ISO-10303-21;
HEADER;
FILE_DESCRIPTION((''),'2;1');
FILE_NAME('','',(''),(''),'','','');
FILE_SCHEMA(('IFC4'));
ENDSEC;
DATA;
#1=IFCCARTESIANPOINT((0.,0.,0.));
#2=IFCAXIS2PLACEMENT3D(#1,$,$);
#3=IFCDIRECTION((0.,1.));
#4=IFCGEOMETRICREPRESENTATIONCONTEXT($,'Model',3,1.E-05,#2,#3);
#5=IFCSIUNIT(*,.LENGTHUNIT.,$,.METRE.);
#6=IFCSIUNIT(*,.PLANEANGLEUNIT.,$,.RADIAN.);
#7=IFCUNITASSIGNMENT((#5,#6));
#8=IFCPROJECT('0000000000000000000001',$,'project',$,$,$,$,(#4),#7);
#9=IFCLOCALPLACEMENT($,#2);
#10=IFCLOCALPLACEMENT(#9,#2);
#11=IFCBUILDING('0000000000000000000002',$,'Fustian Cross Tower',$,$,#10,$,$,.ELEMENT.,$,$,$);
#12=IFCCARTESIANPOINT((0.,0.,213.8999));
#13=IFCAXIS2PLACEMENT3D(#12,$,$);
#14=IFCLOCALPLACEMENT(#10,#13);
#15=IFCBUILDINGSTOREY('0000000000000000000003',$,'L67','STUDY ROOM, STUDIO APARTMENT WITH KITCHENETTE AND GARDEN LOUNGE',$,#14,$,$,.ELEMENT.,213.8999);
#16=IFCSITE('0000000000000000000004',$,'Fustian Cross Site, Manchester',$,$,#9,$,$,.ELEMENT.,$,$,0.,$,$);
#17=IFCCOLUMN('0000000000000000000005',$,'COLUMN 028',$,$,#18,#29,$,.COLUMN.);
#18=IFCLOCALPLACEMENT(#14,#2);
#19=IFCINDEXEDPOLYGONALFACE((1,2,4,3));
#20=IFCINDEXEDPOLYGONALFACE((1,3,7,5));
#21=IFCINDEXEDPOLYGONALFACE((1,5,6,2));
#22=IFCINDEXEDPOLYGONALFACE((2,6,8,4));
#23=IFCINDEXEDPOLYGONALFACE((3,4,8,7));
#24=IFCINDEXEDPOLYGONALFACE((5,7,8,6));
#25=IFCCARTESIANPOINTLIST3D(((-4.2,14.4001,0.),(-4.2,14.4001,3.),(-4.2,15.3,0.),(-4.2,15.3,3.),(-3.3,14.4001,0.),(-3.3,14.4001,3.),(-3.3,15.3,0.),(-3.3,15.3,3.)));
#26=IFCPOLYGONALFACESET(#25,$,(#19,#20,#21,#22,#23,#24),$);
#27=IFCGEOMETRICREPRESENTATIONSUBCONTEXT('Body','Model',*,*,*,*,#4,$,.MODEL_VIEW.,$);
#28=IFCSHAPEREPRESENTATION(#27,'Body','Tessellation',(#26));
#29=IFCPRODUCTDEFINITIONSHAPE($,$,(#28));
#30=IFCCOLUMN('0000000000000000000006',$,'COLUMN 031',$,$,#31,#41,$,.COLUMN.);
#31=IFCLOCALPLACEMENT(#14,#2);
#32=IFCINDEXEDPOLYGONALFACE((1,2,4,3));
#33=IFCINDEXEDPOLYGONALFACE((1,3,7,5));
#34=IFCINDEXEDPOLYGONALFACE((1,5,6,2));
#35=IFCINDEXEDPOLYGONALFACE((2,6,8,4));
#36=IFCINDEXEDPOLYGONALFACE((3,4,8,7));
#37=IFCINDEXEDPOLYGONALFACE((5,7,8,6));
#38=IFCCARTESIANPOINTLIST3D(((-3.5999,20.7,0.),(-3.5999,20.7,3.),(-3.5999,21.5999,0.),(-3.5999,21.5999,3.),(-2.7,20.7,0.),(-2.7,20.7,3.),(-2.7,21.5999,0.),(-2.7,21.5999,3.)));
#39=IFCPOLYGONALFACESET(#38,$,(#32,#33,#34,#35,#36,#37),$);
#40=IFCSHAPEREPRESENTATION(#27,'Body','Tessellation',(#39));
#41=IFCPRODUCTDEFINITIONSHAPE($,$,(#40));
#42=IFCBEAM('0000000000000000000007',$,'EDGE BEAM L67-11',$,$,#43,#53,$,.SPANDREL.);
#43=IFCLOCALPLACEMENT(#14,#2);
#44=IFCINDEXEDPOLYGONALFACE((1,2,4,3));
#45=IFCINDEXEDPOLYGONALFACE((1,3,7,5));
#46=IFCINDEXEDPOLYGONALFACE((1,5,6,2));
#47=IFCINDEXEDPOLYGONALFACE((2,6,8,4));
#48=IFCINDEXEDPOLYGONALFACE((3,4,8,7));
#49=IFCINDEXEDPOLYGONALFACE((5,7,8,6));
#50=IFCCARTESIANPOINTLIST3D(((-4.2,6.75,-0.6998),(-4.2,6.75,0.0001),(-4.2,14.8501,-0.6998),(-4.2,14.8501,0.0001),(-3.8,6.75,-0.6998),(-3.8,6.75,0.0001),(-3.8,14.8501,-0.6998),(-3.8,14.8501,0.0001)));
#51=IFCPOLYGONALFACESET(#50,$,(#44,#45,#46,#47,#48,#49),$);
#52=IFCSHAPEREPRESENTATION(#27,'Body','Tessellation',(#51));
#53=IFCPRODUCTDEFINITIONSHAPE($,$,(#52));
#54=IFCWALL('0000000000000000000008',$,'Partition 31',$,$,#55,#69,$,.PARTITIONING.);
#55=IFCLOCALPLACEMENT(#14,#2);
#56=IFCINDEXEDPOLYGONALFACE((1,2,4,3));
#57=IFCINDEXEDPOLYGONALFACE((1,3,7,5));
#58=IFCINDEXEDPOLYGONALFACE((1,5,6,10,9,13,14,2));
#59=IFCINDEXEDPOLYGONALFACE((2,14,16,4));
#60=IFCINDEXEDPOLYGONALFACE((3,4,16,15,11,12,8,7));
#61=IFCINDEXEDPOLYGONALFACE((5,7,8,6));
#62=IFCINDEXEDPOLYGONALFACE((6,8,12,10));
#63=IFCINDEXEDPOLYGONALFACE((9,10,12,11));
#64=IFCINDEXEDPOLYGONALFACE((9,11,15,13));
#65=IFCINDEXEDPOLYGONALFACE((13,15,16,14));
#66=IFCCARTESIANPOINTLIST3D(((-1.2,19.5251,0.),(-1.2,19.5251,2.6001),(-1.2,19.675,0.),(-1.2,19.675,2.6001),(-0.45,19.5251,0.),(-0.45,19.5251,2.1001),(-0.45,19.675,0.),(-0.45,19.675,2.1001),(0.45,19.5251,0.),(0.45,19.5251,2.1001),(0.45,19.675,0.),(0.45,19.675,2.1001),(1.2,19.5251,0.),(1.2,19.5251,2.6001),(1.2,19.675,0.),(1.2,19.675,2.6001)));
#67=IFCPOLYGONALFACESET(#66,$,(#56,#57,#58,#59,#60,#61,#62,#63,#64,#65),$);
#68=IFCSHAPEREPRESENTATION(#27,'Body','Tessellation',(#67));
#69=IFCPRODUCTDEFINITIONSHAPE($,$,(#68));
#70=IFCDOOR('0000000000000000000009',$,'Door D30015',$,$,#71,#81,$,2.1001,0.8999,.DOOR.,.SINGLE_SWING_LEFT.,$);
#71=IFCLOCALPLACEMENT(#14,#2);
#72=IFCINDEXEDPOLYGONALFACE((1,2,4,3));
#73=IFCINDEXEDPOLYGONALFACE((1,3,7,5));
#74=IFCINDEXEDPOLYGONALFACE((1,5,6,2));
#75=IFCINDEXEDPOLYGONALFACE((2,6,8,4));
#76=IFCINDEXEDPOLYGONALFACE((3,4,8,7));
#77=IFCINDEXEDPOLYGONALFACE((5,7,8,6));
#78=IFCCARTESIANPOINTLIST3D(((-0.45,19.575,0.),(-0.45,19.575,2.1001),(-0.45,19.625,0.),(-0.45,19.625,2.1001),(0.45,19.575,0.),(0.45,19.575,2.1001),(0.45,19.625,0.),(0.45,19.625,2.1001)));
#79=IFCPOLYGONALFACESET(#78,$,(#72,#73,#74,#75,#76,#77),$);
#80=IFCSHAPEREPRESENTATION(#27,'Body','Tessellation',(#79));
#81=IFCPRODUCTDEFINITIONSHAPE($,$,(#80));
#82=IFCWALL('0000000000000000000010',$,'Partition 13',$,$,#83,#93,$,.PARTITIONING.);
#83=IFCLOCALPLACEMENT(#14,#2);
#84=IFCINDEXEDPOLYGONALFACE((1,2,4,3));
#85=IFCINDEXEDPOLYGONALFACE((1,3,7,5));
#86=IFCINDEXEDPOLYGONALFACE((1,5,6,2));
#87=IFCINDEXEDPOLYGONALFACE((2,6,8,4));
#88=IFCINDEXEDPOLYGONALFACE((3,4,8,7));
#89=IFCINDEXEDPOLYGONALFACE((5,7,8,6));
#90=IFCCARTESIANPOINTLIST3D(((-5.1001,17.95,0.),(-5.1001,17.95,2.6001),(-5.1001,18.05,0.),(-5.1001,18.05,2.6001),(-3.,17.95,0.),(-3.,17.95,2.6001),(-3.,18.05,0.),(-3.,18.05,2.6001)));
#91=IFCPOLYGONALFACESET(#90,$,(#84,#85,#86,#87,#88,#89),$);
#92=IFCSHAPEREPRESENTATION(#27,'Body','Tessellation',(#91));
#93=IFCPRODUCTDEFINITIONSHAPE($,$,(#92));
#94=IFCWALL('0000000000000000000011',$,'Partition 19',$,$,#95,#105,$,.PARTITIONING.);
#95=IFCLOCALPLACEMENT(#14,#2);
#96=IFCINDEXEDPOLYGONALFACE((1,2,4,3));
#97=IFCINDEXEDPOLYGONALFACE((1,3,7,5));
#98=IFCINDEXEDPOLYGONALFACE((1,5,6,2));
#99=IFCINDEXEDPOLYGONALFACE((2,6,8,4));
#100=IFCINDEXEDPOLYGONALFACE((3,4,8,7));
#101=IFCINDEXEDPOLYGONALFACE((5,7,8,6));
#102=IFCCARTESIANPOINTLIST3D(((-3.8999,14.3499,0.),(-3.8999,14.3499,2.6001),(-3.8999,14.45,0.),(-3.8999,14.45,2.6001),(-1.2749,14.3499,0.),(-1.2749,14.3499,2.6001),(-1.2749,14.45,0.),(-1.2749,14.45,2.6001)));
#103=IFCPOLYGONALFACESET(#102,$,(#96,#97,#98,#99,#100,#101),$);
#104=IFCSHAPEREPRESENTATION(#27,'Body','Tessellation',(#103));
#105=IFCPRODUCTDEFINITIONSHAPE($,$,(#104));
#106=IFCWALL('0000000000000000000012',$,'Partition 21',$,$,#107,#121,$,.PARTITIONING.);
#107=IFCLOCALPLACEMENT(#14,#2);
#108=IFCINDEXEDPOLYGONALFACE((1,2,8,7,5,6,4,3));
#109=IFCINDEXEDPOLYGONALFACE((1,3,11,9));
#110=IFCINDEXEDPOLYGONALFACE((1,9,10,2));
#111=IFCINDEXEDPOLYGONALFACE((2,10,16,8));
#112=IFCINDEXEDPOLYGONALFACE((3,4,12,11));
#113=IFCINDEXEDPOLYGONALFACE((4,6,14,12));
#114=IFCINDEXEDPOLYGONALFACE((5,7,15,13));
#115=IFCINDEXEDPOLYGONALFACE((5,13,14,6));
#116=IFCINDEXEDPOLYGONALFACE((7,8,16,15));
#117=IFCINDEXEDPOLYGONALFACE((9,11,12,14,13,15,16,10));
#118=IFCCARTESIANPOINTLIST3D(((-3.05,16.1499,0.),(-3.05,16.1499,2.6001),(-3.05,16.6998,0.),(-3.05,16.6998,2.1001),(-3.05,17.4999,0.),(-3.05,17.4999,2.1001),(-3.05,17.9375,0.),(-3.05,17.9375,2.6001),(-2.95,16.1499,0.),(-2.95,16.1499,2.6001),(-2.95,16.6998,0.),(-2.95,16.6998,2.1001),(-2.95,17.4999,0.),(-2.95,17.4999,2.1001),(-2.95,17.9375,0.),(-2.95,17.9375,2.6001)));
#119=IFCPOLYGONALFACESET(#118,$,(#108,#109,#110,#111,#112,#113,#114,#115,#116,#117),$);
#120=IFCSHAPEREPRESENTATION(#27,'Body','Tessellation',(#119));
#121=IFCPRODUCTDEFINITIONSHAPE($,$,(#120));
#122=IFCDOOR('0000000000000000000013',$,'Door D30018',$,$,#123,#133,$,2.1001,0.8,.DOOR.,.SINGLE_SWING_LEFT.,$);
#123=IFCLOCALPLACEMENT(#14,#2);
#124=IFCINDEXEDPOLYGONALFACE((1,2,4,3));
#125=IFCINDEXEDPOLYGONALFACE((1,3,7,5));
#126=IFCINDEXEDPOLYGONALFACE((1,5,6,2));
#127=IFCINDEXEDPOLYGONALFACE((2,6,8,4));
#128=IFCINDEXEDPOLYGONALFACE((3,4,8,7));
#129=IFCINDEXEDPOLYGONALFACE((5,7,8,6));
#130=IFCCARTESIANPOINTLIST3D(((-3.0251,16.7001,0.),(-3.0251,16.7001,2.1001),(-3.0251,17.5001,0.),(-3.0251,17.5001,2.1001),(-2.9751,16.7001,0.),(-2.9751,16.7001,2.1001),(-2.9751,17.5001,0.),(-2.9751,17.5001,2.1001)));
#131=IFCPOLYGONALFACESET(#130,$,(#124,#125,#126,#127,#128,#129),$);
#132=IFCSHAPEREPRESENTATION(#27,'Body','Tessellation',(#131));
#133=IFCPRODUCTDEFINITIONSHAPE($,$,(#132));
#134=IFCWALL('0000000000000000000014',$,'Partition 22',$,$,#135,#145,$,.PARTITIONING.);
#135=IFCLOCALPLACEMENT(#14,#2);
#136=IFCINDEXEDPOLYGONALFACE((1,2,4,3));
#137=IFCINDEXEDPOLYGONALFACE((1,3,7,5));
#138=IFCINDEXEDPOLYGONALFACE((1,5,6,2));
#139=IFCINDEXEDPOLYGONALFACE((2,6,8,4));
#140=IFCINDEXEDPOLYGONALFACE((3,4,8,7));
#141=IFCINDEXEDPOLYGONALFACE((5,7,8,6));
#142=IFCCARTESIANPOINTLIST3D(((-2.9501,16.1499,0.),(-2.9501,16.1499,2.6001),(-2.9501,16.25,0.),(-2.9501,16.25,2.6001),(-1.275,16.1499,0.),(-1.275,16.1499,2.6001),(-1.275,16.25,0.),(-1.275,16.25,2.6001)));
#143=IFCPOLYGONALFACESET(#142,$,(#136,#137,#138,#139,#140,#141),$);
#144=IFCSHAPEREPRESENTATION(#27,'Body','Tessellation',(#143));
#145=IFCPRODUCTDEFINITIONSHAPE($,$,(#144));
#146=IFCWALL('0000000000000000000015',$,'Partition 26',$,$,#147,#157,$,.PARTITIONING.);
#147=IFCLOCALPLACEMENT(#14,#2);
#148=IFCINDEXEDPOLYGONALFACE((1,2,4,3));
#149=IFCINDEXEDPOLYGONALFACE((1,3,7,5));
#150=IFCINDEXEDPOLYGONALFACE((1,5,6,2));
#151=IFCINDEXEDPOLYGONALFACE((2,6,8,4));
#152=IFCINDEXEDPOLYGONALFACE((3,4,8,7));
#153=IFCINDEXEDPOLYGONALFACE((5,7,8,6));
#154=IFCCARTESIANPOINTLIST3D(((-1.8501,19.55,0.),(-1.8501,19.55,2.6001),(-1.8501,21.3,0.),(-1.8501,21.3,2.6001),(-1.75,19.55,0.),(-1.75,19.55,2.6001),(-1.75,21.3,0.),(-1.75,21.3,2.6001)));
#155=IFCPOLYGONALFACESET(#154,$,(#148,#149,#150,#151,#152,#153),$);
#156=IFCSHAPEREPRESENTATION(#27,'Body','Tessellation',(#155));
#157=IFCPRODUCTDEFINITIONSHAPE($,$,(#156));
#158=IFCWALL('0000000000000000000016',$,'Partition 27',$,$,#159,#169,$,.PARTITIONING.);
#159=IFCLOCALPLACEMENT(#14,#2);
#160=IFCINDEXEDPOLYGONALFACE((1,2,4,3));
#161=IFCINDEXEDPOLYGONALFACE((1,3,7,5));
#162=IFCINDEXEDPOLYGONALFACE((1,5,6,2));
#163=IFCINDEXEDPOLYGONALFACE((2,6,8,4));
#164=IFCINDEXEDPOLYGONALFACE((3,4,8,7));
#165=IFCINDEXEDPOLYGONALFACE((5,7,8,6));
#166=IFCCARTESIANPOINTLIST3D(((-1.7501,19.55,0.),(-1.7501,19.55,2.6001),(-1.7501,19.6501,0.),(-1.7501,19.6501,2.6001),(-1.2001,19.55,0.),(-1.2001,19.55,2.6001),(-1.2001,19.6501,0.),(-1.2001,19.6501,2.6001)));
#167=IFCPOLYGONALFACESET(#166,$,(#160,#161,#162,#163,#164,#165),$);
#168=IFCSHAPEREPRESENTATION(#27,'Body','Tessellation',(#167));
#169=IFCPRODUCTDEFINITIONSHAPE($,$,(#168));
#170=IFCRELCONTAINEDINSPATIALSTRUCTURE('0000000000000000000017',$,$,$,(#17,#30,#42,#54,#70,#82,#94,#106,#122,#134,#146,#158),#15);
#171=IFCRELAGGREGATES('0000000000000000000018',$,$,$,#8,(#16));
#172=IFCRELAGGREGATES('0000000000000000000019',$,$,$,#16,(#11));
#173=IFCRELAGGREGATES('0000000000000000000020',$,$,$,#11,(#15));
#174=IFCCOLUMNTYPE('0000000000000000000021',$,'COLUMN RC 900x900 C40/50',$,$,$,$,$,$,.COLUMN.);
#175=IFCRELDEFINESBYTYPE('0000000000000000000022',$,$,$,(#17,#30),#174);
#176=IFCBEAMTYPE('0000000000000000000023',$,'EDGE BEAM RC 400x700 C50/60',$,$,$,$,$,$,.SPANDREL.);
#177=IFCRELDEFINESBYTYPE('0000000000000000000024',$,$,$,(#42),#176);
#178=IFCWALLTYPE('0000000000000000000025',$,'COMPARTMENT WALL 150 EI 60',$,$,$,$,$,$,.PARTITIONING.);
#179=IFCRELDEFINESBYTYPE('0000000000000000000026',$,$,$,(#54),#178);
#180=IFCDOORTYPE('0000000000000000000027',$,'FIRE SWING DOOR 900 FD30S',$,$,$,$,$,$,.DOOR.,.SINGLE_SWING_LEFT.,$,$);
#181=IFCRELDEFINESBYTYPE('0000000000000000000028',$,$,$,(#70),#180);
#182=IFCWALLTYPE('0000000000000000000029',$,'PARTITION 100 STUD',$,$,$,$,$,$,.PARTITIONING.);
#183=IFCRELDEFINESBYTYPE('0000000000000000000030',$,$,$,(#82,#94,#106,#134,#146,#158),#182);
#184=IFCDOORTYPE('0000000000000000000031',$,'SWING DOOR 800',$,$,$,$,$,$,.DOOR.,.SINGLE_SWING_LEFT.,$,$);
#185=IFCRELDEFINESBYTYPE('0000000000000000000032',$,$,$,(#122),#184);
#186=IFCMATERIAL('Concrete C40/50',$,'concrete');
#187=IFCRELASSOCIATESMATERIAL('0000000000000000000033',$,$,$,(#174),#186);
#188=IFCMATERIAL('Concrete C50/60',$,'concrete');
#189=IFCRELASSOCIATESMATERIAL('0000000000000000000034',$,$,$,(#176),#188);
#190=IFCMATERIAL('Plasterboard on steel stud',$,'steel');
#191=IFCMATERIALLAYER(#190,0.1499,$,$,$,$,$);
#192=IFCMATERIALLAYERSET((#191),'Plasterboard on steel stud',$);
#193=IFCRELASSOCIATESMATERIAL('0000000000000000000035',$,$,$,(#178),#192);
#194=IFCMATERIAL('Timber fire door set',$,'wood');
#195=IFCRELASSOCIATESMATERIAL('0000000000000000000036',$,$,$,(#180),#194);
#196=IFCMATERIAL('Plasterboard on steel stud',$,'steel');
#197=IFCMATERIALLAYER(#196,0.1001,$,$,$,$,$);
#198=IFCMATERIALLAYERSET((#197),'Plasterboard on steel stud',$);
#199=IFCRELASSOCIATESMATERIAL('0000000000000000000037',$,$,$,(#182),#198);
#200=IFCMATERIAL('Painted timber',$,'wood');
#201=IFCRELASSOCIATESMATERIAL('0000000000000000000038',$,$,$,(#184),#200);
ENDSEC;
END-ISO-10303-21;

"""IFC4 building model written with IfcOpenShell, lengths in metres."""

from ifc_helpers import new_model, si_unit, direction, frame, frame_2d, origin, origin_2d, place, context, subcontext, project, spatial, rectangle, extrude, material, layer, layer_set, material_profile, profile_set, type_object, element, fill, save


model = new_model("IFC4")

# Units and contexts
model_context = context("Model", 3, precision=1e-05, world=origin(), true_north=direction((0.0, 1.0)))
body_context = subcontext(model_context, "Body", "Model", "MODEL_VIEW")
ifc_project = project(units=[si_unit("LENGTHUNIT", "METRE"), si_unit("PLANEANGLEUNIT", "RADIAN")], contexts=[model_context])

# Site, building, storey
site_placement = place(None, origin())
site = spatial("IfcSite", under=ifc_project, at=site_placement, Name="Fustian Cross Site, Manchester", CompositionType="ELEMENT", RefElevation=0.0)
building_placement = place(site_placement, origin())
building = spatial("IfcBuilding", under=site, at=building_placement, Name="Fustian Cross Tower", CompositionType="ELEMENT")
storey_placement = place(building_placement, frame((0.0, 0.0, 213.8999)))
storey = spatial("IfcBuildingStorey", under=building, at=storey_placement, Name="L67", Description="STUDY ROOM, STUDIO APARTMENT WITH KITCHENETTE AND GARDEN LOUNGE", CompositionType="ELEMENT", Elevation=213.8999)

# Columns
ifc_material_1 = material(Name="Concrete C40/50", Category="concrete")
ifc_material_profile_1 = material_profile(ifc_material_1, rectangle(XDim=0.8999, YDim=0.8999, at=origin_2d()), Name="RC 900x900")
ifc_profile_set_1 = profile_set([ifc_material_profile_1], Name="Concrete C40/50")
column_type = type_object("IfcColumnType", Name="COLUMN RC 900x900 C40/50", PredefinedType="COLUMN", material=ifc_profile_set_1)
for number, where, z_axis, x_axis, name in (
    (1, (-3.75, 14.8501, 0.0), (0.0, 0.0, 1.0), (1.0, 0.0, 0.0), "COLUMN 028"),
    (2, (-3.1499, 21.1499, 0.0), (0.0, 0.0, 1.0), (1.0, 0.0, 0.0), "COLUMN 031"),
):
    element("IfcColumn", number, at=place(storey_placement, frame(where, z_axis=z_axis, x_axis=x_axis)), inside=storey, type_object=column_type, Name=name, PredefinedType="COLUMN", context=body_context, shape_type="SweptSolid", body=[
        extrude(rectangle(XDim=0.8999, YDim=0.8999, at=origin_2d()), origin(), (0.0, 0.0, 1.0), 3.0),
    ])

# Beam
ifc_material_2 = material(Name="Concrete C50/60", Category="concrete")
ifc_material_profile_2 = material_profile(ifc_material_2, rectangle(XDim=0.3999, YDim=0.7, at=origin_2d()), Name="RC 400x700")
ifc_profile_set_2 = profile_set([ifc_material_profile_2], Name="Concrete C50/60")
beam_type = type_object("IfcBeamType", Name="EDGE BEAM RC 400x700 C50/60", PredefinedType="SPANDREL", material=ifc_profile_set_2)
beam_placement = place(storey_placement, frame((-4.0, 14.8501, -0.3499), z_axis=(0.0, -1.0, 0.0), x_axis=(1.0, 0.0, 0.0)))
element("IfcBeam", 3, at=beam_placement, inside=storey, type_object=beam_type, Name="EDGE BEAM L67-11", PredefinedType="SPANDREL", context=body_context, shape_type="SweptSolid", body=[
    extrude(rectangle(XDim=0.3999, YDim=0.7, at=origin_2d()), origin(), (0.0, 0.0, 1.0), 8.1001),
])

# Wall, opening, door
ifc_material_3 = material(Name="Plasterboard on steel stud", Category="steel")
ifc_layer_1 = layer(ifc_material_3, 0.1499)
ifc_layer_set_1 = layer_set([ifc_layer_1], Name="Plasterboard on steel stud")
wall_type_1 = type_object("IfcWallType", Name="COMPARTMENT WALL 150 EI 60", PredefinedType="PARTITIONING", material=ifc_layer_set_1)
wall_1_placement = place(storey_placement, frame((-1.2, 19.6001, 0.0), z_axis=(0.0, 0.0, 1.0), x_axis=(1.0, 0.0, 0.0)))
wall_1 = element("IfcWall", 4, at=wall_1_placement, inside=storey, type_object=wall_type_1, Name="Partition 31", PredefinedType="PARTITIONING", context=body_context, shape_type="SweptSolid", body=[
    extrude(rectangle(XDim=2.3999, YDim=0.1499, at=frame_2d((1.2, 0.0))), origin(), (0.0, 0.0, 1.0), 2.6001),
])
opening_1_placement = place(wall_1_placement, frame((0.75, 0.0, 0.0)))
opening_1 = element("IfcOpeningElement", 5, at=opening_1_placement, cuts=wall_1, PredefinedType="OPENING", context=body_context, shape_type="SweptSolid", body=[
    extrude(rectangle(XDim=0.8999, YDim=2.1001, at=frame_2d((0.45, 1.05))), frame((0.0, 0.085, 0.0), z_axis=(0.0, -1.0, 0.0), x_axis=(1.0, 0.0, 0.0)), (0.0, 0.0, 1.0), 0.1699),
])
ifc_material_4 = material(Name="Timber fire door set", Category="wood")
door_type_1 = type_object("IfcDoorType", Name="FIRE SWING DOOR 900 FD30S", OperationType="SINGLE_SWING_LEFT", PredefinedType="DOOR", material=ifc_material_4)
door_1_placement = place(opening_1_placement, origin())
door_1 = element("IfcDoor", 6, at=door_1_placement, inside=storey, type_object=door_type_1, Name="Door D30015", OperationType="SINGLE_SWING_LEFT", OverallHeight=2.1001, OverallWidth=0.8999, PredefinedType="DOOR", context=body_context, shape_type="SweptSolid", body=[
    extrude(rectangle(XDim=0.8999, YDim=2.1001, at=frame_2d((0.45, 1.05))), frame((0.0, 0.0249, 0.0), z_axis=(0.0, -1.0, 0.0), x_axis=(1.0, 0.0, 0.0)), (0.0, 0.0, 1.0), 0.05),
])
fill(opening_1, door_1)

# Walls
ifc_material_5 = material(Name="Plasterboard on steel stud", Category="steel")
ifc_layer_2 = layer(ifc_material_5, 0.1001)
ifc_layer_set_2 = layer_set([ifc_layer_2], Name="Plasterboard on steel stud")
wall_type_2 = type_object("IfcWallType", Name="PARTITION 100 STUD", PredefinedType="PARTITIONING", material=ifc_layer_set_2)
wall_2_placement = place(storey_placement, frame((-5.1001, 18.0, 0.0), z_axis=(0.0, 0.0, 1.0), x_axis=(1.0, 0.0, 0.0)))
element("IfcWall", 7, at=wall_2_placement, inside=storey, type_object=wall_type_2, Name="Partition 13", PredefinedType="PARTITIONING", context=body_context, shape_type="SweptSolid", body=[
    extrude(rectangle(XDim=2.1001, YDim=0.1001, at=frame_2d((1.05, 0.0))), origin(), (0.0, 0.0, 1.0), 2.6001),
])
wall_3_placement = place(storey_placement, frame((-3.8999, 14.3999, 0.0), z_axis=(0.0, 0.0, 1.0), x_axis=(1.0, 0.0, 0.0)))
element("IfcWall", 8, at=wall_3_placement, inside=storey, type_object=wall_type_2, Name="Partition 19", PredefinedType="PARTITIONING", context=body_context, shape_type="SweptSolid", body=[
    extrude(rectangle(XDim=2.625, YDim=0.1001, at=frame_2d((1.3125, 0.0))), origin(), (0.0, 0.0, 1.0), 2.6001),
])

# Wall, opening, door
wall_4_placement = place(storey_placement, frame((-3.0, 16.1499, 0.0), z_axis=(0.0, 0.0, 1.0), x_axis=(0.0, 1.0, 0.0)))
wall_4 = element("IfcWall", 9, at=wall_4_placement, inside=storey, type_object=wall_type_2, Name="Partition 21", PredefinedType="PARTITIONING", context=body_context, shape_type="SweptSolid", body=[
    extrude(rectangle(XDim=1.7876, YDim=0.1001, at=frame_2d((0.8938, 0.0))), origin(), (0.0, 0.0, 1.0), 2.6001),
])
opening_2_placement = place(wall_4_placement, frame((0.55, 0.0, 0.0)))
opening_2 = element("IfcOpeningElement", 10, at=opening_2_placement, cuts=wall_4, PredefinedType="OPENING", context=body_context, shape_type="SweptSolid", body=[
    extrude(rectangle(XDim=0.8, YDim=2.1001, at=frame_2d((0.3999, 1.05))), frame((0.0, 0.0601, 0.0), z_axis=(0.0, -1.0, 0.0), x_axis=(1.0, 0.0, 0.0)), (0.0, 0.0, 1.0), 0.1201),
])
ifc_material_6 = material(Name="Painted timber", Category="wood")
door_type_2 = type_object("IfcDoorType", Name="SWING DOOR 800", OperationType="SINGLE_SWING_LEFT", PredefinedType="DOOR", material=ifc_material_6)
door_2_placement = place(opening_2_placement, frame((0.8, 0.0, 0.0), z_axis=(0.0, 0.0, 1.0), x_axis=(-1.0, 0.0, 0.0)))
door_2 = element("IfcDoor", 11, at=door_2_placement, inside=storey, type_object=door_type_2, Name="Door D30018", OperationType="SINGLE_SWING_LEFT", OverallHeight=2.1001, OverallWidth=0.8, PredefinedType="DOOR", context=body_context, shape_type="SweptSolid", body=[
    extrude(rectangle(XDim=0.8, YDim=2.1001, at=frame_2d((0.3999, 1.05))), frame((0.0, 0.0249, 0.0), z_axis=(0.0, -1.0, 0.0), x_axis=(1.0, 0.0, 0.0)), (0.0, 0.0, 1.0), 0.05),
])
fill(opening_2, door_2)

# Walls
wall_5_placement = place(storey_placement, frame((-2.95, 16.2, 0.0), z_axis=(0.0, 0.0, 1.0), x_axis=(1.0, 0.0, 0.0)))
element("IfcWall", 12, at=wall_5_placement, inside=storey, type_object=wall_type_2, Name="Partition 22", PredefinedType="PARTITIONING", context=body_context, shape_type="SweptSolid", body=[
    extrude(rectangle(XDim=1.675, YDim=0.1001, at=frame_2d((0.8374, 0.0))), origin(), (0.0, 0.0, 1.0), 2.6001),
])
wall_6_placement = place(storey_placement, frame((-1.8, 19.55, 0.0), z_axis=(0.0, 0.0, 1.0), x_axis=(0.0, 1.0, 0.0)))
element("IfcWall", 13, at=wall_6_placement, inside=storey, type_object=wall_type_2, Name="Partition 26", PredefinedType="PARTITIONING", context=body_context, shape_type="SweptSolid", body=[
    extrude(rectangle(XDim=1.75, YDim=0.1001, at=frame_2d((0.875, 0.0))), origin(), (0.0, 0.0, 1.0), 2.6001),
])
wall_7_placement = place(storey_placement, frame((-1.75, 19.6001, 0.0), z_axis=(0.0, 0.0, 1.0), x_axis=(1.0, 0.0, 0.0)))
element("IfcWall", 14, at=wall_7_placement, inside=storey, type_object=wall_type_2, Name="Partition 27", PredefinedType="PARTITIONING", context=body_context, shape_type="SweptSolid", body=[
    extrude(rectangle(XDim=0.55, YDim=0.1001, at=frame_2d((0.2749, 0.0))), origin(), (0.0, 0.0, 1.0), 2.6001),
])

save(model, "model.ifc")
